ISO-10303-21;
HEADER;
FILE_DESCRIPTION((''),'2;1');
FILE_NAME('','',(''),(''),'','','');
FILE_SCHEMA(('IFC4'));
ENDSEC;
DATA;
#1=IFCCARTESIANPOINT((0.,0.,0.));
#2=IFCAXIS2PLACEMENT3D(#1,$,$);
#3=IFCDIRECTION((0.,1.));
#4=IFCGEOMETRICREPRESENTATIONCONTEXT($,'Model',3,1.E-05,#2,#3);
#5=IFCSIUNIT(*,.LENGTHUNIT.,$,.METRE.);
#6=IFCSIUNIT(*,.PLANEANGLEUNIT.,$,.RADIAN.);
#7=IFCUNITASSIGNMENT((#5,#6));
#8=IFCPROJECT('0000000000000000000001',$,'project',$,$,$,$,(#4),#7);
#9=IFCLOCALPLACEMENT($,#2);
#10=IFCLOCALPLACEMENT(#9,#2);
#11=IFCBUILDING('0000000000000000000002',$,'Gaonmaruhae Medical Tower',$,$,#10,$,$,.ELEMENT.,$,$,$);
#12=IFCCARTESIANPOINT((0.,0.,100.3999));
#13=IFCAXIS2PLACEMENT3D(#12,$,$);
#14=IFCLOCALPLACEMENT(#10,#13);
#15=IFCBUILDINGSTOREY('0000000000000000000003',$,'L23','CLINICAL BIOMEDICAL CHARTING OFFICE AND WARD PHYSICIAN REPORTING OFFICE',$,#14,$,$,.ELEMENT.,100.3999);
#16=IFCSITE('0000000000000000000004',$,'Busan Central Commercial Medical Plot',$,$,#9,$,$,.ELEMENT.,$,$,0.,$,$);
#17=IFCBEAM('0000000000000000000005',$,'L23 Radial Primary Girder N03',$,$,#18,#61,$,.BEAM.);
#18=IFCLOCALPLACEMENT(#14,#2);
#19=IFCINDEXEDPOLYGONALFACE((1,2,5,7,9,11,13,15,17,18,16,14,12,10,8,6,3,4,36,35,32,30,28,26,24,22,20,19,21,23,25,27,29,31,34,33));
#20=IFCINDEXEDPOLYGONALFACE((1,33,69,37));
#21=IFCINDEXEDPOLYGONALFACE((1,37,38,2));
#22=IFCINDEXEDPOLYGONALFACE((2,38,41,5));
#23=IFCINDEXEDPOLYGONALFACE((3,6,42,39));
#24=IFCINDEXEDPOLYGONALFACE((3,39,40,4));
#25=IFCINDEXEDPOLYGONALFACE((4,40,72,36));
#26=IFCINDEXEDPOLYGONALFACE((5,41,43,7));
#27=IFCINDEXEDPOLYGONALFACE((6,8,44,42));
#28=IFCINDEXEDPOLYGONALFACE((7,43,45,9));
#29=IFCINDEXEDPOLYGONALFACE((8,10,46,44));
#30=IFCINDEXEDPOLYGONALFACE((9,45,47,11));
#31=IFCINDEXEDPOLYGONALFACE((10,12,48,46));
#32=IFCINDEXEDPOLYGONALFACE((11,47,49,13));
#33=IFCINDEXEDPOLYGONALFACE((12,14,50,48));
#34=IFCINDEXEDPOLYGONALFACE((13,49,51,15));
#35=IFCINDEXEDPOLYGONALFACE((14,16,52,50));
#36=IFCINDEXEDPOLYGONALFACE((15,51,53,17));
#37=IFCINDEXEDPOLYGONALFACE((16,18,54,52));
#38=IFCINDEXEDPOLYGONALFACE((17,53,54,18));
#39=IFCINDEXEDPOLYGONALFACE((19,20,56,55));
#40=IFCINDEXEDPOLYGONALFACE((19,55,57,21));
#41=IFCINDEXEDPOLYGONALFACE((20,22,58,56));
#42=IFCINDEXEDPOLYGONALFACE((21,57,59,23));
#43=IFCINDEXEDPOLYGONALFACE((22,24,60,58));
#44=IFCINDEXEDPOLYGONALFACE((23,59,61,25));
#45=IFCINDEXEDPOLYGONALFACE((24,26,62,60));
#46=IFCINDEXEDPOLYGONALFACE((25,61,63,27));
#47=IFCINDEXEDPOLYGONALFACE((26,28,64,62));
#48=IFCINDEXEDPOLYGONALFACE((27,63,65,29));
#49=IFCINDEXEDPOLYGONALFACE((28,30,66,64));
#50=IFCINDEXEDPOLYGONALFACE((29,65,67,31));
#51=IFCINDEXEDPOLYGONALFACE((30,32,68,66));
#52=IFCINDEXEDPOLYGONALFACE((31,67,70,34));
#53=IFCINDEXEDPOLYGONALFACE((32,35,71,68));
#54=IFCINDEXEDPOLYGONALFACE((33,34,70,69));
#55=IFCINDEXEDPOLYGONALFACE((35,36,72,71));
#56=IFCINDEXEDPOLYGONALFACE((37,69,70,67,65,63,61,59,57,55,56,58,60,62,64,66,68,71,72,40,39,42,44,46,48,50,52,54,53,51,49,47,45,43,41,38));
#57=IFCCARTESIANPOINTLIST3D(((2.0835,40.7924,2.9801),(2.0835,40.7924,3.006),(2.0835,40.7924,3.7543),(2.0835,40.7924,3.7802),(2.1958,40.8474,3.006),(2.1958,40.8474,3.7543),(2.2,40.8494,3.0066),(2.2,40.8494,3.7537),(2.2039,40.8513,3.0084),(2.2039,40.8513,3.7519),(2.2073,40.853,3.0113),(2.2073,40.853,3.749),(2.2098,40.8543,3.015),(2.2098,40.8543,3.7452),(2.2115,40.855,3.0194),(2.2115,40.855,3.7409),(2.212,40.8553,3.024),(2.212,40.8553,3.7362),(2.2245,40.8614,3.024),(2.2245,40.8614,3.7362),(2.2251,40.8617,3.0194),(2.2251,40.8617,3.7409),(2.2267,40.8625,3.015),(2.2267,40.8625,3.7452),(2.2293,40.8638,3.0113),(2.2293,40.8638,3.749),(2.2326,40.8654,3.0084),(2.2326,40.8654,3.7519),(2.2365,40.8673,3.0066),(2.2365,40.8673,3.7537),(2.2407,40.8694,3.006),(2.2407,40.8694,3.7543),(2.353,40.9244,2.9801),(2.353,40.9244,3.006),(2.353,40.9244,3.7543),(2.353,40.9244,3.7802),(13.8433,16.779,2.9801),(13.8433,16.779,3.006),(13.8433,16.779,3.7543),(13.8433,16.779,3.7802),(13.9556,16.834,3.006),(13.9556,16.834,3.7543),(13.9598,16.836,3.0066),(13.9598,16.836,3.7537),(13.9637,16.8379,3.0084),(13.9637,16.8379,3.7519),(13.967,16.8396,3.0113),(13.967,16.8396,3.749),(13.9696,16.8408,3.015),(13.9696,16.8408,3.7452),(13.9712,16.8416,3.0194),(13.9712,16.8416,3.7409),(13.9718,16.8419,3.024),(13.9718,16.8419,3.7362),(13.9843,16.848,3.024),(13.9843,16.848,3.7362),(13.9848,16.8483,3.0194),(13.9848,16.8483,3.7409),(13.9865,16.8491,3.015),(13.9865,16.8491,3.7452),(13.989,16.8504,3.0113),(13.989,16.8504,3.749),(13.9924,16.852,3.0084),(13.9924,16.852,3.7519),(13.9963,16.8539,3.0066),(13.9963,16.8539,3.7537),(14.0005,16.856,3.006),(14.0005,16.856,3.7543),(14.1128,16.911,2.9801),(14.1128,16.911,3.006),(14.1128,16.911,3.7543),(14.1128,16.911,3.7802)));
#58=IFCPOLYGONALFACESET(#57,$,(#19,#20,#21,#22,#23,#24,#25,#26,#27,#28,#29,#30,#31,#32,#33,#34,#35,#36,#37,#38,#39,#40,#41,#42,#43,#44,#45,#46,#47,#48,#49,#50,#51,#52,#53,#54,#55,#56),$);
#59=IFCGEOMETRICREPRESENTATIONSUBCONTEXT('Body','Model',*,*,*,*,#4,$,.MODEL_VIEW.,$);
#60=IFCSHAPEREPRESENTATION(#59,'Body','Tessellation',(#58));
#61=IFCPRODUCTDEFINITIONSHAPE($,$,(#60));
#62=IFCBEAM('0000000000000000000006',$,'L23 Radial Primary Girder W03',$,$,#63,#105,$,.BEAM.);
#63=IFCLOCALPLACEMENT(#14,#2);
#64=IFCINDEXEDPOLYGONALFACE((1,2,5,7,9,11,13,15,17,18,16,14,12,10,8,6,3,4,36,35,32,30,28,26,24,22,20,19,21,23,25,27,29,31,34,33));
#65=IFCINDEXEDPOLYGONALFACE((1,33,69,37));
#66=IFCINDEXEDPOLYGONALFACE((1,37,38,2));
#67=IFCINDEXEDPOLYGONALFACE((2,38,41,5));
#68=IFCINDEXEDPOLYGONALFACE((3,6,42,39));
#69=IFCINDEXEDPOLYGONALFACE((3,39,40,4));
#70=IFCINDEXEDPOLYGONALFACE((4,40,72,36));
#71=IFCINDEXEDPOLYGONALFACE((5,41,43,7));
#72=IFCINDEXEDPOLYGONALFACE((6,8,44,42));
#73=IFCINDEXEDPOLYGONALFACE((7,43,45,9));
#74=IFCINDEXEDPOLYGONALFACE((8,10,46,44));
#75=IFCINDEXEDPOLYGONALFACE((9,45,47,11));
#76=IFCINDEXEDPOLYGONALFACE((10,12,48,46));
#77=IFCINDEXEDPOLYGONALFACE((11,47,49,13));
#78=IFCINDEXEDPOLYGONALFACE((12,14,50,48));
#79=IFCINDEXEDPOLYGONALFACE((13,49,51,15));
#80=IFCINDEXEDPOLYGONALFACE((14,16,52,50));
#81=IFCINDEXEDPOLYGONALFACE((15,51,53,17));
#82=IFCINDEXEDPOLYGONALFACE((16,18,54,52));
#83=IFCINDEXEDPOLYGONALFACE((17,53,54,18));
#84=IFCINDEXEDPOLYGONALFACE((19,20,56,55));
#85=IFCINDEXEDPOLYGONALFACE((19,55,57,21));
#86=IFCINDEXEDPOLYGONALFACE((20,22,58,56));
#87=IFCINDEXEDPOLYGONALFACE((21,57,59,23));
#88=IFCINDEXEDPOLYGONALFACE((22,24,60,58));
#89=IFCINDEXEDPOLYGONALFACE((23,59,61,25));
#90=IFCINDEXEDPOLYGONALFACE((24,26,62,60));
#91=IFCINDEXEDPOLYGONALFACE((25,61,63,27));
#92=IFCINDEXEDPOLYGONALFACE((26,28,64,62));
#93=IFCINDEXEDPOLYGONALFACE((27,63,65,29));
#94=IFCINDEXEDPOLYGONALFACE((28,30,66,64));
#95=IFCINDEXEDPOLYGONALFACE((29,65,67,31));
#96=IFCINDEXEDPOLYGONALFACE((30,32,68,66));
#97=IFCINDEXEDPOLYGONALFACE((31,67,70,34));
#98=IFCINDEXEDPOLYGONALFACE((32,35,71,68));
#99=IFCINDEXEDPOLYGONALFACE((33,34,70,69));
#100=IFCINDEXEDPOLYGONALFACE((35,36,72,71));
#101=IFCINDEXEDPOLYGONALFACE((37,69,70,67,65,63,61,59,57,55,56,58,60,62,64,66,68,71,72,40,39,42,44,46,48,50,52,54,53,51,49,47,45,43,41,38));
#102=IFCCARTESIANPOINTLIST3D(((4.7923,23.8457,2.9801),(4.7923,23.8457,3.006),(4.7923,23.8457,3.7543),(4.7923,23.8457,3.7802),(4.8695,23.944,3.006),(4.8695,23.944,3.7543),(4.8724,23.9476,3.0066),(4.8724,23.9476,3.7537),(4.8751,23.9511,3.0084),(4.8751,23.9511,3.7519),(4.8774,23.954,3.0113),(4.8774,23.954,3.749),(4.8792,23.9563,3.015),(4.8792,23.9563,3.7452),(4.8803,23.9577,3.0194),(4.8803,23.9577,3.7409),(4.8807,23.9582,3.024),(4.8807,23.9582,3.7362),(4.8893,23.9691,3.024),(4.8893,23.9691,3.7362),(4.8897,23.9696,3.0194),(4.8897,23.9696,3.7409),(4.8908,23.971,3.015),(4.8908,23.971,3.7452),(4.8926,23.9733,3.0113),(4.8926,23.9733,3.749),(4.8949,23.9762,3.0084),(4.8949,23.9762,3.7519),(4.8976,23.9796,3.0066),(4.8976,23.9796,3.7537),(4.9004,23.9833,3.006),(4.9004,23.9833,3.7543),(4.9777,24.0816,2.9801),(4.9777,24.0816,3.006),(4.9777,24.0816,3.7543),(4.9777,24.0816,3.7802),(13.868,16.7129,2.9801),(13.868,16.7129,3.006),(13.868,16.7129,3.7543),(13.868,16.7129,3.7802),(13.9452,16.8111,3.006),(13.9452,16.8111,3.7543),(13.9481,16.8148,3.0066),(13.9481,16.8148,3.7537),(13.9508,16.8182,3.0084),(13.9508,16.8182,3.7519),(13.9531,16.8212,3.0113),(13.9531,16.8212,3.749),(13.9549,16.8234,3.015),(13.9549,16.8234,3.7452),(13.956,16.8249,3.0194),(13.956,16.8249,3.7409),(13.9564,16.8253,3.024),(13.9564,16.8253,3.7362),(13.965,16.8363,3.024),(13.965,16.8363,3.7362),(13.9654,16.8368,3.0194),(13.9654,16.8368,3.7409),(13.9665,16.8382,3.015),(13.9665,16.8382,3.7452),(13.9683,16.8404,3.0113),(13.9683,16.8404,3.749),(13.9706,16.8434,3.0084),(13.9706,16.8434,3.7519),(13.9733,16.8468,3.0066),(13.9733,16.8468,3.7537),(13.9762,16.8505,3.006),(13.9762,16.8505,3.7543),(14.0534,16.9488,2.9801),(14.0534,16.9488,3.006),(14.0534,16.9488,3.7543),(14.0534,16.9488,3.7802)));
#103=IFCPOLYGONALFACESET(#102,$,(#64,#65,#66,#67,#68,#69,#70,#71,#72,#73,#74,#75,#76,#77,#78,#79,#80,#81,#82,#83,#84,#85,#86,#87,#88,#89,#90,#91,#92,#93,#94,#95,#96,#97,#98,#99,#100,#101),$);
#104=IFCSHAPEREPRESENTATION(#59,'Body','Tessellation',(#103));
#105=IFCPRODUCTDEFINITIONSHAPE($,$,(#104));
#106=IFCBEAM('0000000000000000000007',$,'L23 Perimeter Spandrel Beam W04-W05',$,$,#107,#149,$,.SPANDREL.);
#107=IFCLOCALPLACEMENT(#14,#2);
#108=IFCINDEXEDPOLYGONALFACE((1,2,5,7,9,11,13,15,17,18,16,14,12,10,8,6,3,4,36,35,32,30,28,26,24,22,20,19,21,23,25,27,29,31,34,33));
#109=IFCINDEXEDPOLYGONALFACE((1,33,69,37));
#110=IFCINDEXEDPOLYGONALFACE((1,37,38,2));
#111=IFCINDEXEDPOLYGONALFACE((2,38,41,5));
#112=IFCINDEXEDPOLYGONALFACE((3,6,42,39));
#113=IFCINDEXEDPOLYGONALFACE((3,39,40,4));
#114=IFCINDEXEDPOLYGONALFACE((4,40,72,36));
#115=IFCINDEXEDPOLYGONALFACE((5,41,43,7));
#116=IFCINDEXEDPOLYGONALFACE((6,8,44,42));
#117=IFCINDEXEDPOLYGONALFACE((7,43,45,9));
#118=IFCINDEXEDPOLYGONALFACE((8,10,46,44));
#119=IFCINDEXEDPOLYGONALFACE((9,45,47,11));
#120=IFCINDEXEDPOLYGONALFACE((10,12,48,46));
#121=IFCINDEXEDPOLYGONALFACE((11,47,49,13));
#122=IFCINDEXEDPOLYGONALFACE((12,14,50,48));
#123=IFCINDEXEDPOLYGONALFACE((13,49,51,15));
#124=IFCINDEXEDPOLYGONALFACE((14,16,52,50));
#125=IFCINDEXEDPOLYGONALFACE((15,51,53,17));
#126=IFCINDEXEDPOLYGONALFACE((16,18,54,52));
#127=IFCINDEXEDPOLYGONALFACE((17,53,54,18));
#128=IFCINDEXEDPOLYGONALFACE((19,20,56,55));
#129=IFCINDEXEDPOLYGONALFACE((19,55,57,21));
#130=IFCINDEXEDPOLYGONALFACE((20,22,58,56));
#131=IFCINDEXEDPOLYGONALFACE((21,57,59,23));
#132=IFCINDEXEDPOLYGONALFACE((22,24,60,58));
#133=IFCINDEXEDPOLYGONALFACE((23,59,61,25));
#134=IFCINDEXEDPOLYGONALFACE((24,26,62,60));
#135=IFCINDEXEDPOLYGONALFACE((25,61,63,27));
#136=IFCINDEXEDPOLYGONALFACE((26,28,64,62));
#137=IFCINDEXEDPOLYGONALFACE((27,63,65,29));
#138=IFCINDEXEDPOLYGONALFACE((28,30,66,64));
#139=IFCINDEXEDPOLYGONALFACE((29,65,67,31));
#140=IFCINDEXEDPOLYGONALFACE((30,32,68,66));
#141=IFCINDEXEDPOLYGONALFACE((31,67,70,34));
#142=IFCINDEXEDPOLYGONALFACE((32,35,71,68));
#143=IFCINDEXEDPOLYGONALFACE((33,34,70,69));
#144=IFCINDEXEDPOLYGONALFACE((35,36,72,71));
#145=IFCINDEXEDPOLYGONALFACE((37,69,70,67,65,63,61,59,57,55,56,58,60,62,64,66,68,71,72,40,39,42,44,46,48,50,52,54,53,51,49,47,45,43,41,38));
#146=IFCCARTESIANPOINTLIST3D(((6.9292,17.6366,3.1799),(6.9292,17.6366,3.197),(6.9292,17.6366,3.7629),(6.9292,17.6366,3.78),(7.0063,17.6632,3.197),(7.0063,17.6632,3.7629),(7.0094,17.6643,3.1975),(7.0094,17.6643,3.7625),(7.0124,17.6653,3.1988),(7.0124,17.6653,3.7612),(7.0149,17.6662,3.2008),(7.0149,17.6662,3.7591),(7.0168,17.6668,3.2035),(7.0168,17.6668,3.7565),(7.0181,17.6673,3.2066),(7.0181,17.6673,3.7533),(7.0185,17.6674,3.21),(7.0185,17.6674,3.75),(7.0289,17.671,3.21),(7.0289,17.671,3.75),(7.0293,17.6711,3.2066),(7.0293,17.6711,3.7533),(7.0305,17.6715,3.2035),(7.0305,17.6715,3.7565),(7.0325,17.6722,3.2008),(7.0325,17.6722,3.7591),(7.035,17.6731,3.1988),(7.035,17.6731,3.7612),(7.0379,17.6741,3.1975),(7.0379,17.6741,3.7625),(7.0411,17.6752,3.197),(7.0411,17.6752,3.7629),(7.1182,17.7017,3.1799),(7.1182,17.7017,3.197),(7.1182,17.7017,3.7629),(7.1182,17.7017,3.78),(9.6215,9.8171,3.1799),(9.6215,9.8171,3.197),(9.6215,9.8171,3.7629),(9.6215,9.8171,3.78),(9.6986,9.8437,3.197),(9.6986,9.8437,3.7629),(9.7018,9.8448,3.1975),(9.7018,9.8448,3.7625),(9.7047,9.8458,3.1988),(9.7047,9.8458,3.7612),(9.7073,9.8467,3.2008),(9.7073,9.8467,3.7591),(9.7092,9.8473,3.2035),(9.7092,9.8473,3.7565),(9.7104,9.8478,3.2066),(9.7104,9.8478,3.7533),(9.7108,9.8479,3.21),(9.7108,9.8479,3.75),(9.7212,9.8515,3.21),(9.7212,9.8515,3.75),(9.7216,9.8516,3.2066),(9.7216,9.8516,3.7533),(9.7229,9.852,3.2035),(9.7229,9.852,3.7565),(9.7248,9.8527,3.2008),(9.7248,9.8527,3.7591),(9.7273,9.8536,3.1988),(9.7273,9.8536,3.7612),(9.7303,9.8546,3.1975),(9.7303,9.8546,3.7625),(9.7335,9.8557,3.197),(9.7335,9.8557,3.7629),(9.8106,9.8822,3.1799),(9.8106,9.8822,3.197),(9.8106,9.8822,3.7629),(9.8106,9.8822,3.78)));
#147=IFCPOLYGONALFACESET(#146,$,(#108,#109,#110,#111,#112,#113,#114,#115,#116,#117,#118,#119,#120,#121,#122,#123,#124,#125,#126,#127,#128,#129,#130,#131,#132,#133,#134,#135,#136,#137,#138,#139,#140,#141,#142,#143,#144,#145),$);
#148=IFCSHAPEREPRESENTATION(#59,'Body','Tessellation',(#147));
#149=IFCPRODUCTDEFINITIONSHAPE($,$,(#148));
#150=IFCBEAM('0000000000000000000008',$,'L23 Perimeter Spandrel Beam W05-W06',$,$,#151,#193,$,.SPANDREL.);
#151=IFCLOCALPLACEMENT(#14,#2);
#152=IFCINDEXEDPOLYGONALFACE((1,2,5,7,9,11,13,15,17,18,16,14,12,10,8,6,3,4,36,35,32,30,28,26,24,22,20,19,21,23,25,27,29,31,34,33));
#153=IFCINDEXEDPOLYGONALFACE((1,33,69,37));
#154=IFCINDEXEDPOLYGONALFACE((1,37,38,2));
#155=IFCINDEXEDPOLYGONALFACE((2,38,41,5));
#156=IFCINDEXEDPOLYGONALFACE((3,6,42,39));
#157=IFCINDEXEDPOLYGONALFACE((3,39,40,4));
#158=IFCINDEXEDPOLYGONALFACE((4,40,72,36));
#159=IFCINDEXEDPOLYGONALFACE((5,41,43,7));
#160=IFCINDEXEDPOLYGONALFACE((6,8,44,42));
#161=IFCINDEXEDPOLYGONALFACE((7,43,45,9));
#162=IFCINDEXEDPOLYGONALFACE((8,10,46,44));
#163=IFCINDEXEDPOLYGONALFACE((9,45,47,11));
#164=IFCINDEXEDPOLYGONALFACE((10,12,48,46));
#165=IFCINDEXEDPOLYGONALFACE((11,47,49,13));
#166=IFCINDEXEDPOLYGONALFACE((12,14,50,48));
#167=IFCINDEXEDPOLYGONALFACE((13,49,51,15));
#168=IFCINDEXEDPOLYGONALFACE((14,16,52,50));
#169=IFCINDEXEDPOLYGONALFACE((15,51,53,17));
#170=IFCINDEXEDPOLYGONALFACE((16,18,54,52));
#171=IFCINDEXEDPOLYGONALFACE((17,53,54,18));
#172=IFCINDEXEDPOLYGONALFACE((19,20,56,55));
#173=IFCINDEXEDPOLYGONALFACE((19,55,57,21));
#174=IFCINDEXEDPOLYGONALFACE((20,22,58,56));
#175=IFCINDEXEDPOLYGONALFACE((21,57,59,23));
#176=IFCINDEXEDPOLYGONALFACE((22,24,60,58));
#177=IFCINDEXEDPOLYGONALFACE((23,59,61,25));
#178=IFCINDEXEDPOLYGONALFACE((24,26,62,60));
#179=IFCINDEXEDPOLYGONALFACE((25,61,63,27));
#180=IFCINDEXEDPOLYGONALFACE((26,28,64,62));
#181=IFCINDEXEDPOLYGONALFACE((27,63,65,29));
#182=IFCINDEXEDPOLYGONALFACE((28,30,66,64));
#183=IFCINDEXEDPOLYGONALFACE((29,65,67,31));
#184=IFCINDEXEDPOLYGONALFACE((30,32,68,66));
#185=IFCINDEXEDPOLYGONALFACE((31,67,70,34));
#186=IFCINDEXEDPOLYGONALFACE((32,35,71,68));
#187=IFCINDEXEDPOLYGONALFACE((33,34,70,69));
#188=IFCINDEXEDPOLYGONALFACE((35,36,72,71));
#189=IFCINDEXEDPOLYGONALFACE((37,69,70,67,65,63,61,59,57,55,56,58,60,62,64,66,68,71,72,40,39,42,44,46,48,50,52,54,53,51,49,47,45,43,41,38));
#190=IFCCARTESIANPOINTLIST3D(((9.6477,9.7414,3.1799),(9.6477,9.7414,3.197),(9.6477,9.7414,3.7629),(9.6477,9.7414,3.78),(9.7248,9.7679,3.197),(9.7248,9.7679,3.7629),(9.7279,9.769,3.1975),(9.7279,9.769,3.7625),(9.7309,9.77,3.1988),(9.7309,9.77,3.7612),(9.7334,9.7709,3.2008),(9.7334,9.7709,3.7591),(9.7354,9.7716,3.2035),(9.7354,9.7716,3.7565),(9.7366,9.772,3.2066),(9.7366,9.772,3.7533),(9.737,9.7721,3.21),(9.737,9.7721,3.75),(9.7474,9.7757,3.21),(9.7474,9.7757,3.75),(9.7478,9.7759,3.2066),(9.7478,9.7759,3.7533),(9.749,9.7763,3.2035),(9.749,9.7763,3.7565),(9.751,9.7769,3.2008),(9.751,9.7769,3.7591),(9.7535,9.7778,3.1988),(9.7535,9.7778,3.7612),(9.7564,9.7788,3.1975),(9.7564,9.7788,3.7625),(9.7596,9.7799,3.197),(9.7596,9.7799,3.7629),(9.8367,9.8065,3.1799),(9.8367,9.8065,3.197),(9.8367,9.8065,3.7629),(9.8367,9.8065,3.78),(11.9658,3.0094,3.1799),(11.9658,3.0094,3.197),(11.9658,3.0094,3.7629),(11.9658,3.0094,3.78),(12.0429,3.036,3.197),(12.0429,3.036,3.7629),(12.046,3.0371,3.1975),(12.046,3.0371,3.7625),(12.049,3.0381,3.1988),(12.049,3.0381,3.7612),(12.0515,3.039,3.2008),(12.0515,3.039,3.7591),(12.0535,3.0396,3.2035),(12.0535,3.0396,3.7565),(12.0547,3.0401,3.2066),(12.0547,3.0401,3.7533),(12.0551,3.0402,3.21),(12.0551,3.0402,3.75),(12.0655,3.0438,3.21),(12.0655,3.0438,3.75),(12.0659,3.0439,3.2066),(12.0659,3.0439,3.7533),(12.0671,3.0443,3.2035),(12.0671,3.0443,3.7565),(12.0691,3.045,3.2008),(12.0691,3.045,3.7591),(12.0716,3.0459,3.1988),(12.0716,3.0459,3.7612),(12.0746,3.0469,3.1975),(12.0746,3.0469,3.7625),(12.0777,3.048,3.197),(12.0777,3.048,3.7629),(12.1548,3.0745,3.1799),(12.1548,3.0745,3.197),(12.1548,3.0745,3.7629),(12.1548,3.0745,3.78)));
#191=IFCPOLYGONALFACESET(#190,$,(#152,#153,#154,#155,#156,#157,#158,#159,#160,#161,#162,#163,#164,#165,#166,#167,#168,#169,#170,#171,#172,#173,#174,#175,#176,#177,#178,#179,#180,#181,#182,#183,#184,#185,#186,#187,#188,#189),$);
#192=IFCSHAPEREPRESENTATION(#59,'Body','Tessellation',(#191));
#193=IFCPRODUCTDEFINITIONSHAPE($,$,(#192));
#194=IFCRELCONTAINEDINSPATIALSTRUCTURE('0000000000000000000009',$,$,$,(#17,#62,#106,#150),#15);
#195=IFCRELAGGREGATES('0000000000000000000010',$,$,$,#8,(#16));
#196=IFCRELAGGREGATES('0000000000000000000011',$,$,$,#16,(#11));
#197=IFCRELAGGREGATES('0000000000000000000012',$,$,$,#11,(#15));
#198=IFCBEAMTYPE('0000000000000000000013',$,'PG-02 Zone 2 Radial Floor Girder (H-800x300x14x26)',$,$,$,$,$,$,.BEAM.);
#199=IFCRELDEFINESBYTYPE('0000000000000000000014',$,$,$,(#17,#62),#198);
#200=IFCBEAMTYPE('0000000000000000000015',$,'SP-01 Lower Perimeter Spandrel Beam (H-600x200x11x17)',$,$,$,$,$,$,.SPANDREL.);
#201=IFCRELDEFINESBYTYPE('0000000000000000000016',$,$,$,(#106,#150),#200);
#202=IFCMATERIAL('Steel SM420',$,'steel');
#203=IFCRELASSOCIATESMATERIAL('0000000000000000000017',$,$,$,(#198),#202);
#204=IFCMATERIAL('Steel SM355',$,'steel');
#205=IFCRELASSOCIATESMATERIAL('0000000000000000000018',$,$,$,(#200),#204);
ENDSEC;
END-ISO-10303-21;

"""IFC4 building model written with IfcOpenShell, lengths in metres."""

from ifc_helpers import new_model, si_unit, direction, frame, origin, origin_2d, place, context, subcontext, project, spatial, i_section, extrude, material, material_profile, profile_set, type_object, element, save


model = new_model("IFC4")

# Units and contexts
model_context = context("Model", 3, precision=1e-05, world=origin(), true_north=direction((0.0, 1.0)))
body_context = subcontext(model_context, "Body", "Model", "MODEL_VIEW")
ifc_project = project(units=[si_unit("LENGTHUNIT", "METRE"), si_unit("PLANEANGLEUNIT", "RADIAN")], contexts=[model_context])

# Site, building, storey
site_placement = place(None, origin())
site = spatial("IfcSite", under=ifc_project, at=site_placement, Name="Busan Central Commercial Medical Plot", CompositionType="ELEMENT", RefElevation=0.0)
building_placement = place(site_placement, origin())
building = spatial("IfcBuilding", under=site, at=building_placement, Name="Gaonmaruhae Medical Tower", CompositionType="ELEMENT")
storey_placement = place(building_placement, frame((0.0, 0.0, 100.3999)))
storey = spatial("IfcBuildingStorey", under=building, at=storey_placement, Name="L23", Description="CLINICAL BIOMEDICAL CHARTING OFFICE AND WARD PHYSICIAN REPORTING OFFICE", CompositionType="ELEMENT", Elevation=100.3999)

# Beams
ifc_material_1 = material(Name="Steel SM420", Category="steel")
ifc_material_profile_1 = material_profile(ifc_material_1, i_section(OverallWidth=0.3, OverallDepth=0.8, WebThickness=0.0139, FlangeThickness=0.0259, FilletRadius=0.0181, at=origin_2d()), Name="H-800x300x14x26")
ifc_profile_set_1 = profile_set([ifc_material_profile_1], Name="Steel SM420")
beam_type_1 = type_object("IfcBeamType", Name="PG-02 Zone 2 Radial Floor Girder (H-800x300x14x26)", PredefinedType="BEAM", material=ifc_profile_set_1)
beam_1_placement = place(storey_placement, frame((13.978, 16.845, 3.3801), z_axis=(-0.43981, 0.898091, 0.0), x_axis=(-0.898091, -0.43981, 0.0)))
element("IfcBeam", 1, at=beam_1_placement, inside=storey, type_object=beam_type_1, Name="L23 Radial Primary Girder N03", PredefinedType="BEAM", context=body_context, shape_type="SweptSolid", body=[
    extrude(i_section(OverallWidth=0.3, OverallDepth=0.8, WebThickness=0.0139, FlangeThickness=0.0259, FilletRadius=0.0181, at=origin_2d()), origin(), (0.0, 0.0, 1.0), 26.7383),
])
beam_2_placement = place(storey_placement, frame((13.9607, 16.8308, 3.3801), z_axis=(-0.786238, 0.617924, 0.0), x_axis=(-0.617924, -0.786238, 0.0)))
element("IfcBeam", 2, at=beam_2_placement, inside=storey, type_object=beam_type_1, Name="L23 Radial Primary Girder W03", PredefinedType="BEAM", context=body_context, shape_type="SweptSolid", body=[
    extrude(i_section(OverallWidth=0.3, OverallDepth=0.8, WebThickness=0.0139, FlangeThickness=0.0259, FilletRadius=0.0181, at=origin_2d()), origin(), (0.0, 0.0, 1.0), 11.5432),
])
ifc_material_2 = material(Name="Steel SM355", Category="steel")
ifc_material_profile_2 = material_profile(ifc_material_2, i_section(OverallWidth=0.2, OverallDepth=0.6001, WebThickness=0.011, FlangeThickness=0.0171, FilletRadius=0.0129, at=origin_2d()), Name="H-600x200x11x17")
ifc_profile_set_2 = profile_set([ifc_material_profile_2], Name="Steel SM355")
beam_type_2 = type_object("IfcBeamType", Name="SP-01 Lower Perimeter Spandrel Beam (H-600x200x11x17)", PredefinedType="SPANDREL", material=ifc_profile_set_2)
beam_3_placement = place(storey_placement, frame((7.0237, 17.6692, 3.48), z_axis=(0.325556, -0.945523, 0.0), x_axis=(0.945523, 0.325556, 0.0)))
element("IfcBeam", 3, at=beam_3_placement, inside=storey, type_object=beam_type_2, Name="L23 Perimeter Spandrel Beam W04-W05", PredefinedType="SPANDREL", context=body_context, shape_type="SweptSolid", body=[
    extrude(i_section(OverallWidth=0.2, OverallDepth=0.6001, WebThickness=0.011, FlangeThickness=0.0171, FilletRadius=0.0129, at=origin_2d()), origin(), (0.0, 0.0, 1.0), 8.27),
])
beam_4_placement = place(storey_placement, frame((9.7422, 9.7739, 3.48), z_axis=(0.325584, -0.945513, 0.0), x_axis=(0.945513, 0.325584, 0.0)))
element("IfcBeam", 4, at=beam_4_placement, inside=storey, type_object=beam_type_2, Name="L23 Perimeter Spandrel Beam W05-W06", PredefinedType="SPANDREL", context=body_context, shape_type="SweptSolid", body=[
    extrude(i_section(OverallWidth=0.2, OverallDepth=0.6001, WebThickness=0.011, FlangeThickness=0.0171, FilletRadius=0.0129, at=origin_2d()), origin(), (0.0, 0.0, 1.0), 7.1199),
])

save(model, "model.ifc")
